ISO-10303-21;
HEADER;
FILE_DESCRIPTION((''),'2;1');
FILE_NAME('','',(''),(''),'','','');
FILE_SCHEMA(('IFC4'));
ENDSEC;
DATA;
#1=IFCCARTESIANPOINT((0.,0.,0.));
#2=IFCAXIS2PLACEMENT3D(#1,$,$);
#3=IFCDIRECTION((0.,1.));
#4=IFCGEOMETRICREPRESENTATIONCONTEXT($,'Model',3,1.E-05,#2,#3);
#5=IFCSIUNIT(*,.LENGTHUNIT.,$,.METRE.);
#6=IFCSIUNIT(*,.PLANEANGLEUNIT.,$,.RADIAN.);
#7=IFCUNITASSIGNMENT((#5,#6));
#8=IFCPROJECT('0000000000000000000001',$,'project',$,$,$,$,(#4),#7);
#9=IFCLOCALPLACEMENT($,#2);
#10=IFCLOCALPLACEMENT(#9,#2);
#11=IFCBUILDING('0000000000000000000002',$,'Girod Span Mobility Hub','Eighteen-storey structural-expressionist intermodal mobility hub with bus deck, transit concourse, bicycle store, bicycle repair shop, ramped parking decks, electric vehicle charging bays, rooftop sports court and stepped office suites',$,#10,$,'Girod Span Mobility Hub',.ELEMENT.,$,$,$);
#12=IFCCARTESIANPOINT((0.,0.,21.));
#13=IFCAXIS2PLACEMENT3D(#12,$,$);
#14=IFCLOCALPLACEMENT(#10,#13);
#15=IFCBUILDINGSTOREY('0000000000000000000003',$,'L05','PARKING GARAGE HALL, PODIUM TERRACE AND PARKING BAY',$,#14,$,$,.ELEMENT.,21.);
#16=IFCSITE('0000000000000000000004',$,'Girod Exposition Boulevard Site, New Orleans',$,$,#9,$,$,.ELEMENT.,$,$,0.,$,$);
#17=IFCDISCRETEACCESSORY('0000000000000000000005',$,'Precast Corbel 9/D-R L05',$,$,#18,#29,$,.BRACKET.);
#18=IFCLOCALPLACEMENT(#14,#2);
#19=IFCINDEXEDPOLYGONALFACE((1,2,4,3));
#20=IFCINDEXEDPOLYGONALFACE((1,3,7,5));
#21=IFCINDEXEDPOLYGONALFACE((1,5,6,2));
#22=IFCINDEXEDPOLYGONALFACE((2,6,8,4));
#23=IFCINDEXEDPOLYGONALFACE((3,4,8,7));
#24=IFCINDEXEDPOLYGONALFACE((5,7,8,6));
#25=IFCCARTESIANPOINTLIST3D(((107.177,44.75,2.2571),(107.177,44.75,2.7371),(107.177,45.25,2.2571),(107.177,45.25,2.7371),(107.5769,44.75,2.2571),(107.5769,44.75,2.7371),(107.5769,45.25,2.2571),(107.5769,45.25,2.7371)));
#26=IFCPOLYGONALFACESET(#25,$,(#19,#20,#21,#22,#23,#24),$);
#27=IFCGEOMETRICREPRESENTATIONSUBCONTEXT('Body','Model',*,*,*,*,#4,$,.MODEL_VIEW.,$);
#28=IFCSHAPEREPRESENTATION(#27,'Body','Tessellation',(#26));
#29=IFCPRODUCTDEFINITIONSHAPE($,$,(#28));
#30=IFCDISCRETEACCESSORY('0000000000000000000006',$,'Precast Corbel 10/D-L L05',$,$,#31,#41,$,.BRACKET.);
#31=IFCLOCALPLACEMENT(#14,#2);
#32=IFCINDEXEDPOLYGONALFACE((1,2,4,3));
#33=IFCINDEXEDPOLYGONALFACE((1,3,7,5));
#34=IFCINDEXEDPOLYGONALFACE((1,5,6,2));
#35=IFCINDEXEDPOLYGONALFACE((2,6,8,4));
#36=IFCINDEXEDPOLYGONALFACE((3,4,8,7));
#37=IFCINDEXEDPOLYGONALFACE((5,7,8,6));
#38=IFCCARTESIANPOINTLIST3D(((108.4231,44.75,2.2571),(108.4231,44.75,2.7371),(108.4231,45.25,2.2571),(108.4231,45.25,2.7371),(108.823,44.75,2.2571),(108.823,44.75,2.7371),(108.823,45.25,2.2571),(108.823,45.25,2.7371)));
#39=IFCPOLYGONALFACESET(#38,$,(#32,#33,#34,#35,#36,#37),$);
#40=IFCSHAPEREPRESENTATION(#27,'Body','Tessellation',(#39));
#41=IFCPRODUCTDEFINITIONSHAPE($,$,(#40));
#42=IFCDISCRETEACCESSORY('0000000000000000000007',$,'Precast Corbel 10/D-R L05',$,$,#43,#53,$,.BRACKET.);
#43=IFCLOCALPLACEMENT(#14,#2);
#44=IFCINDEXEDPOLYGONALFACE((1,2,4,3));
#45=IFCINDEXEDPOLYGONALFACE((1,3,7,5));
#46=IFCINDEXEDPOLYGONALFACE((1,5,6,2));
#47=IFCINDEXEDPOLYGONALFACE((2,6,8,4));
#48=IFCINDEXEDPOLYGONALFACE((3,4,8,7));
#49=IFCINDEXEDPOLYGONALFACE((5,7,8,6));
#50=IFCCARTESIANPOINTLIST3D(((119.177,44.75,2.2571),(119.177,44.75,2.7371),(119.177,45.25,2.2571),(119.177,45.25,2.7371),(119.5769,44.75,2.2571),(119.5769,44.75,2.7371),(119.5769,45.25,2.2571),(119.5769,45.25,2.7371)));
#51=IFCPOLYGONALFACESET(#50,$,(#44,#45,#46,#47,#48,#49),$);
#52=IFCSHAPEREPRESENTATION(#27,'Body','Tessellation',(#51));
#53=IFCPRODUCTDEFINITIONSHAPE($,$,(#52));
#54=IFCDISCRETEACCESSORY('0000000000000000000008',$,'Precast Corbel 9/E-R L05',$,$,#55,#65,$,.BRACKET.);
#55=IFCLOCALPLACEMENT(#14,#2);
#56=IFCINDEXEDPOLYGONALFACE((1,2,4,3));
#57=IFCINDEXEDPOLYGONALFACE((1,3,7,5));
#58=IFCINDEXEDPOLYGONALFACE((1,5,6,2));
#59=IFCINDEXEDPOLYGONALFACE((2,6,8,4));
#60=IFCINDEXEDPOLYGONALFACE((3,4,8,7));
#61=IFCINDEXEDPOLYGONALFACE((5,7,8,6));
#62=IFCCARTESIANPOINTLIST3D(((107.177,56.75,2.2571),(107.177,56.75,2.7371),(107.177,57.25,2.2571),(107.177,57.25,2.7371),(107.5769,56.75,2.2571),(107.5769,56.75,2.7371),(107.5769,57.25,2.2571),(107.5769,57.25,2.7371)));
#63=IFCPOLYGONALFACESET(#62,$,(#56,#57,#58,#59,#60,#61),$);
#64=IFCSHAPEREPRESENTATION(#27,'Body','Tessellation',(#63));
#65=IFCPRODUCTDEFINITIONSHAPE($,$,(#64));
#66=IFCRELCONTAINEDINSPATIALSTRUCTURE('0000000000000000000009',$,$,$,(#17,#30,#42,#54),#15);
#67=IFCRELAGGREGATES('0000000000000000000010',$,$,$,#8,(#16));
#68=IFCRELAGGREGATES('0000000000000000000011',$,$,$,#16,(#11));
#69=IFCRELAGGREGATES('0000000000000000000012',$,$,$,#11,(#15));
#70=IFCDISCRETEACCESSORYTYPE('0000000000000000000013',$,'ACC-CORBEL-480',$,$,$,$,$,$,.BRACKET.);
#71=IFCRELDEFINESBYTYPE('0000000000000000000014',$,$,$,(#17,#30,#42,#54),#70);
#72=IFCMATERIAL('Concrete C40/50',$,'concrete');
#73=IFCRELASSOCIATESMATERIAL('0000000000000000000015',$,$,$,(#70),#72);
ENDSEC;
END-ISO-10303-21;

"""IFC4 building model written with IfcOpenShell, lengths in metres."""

from ifc_helpers import new_model, si_unit, direction, frame, origin, origin_2d, place, context, subcontext, project, spatial, rectangle, extrude, material, type_object, element, save


model = new_model("IFC4")

# Units and contexts
model_context = context("Model", 3, precision=1e-05, world=origin(), true_north=direction((0.0, 1.0)))
body_context = subcontext(model_context, "Body", "Model", "MODEL_VIEW")
ifc_project = project(units=[si_unit("LENGTHUNIT", "METRE"), si_unit("PLANEANGLEUNIT", "RADIAN")], contexts=[model_context])

# Site, building, storey
site_placement = place(None, origin())
site = spatial("IfcSite", under=ifc_project, at=site_placement, Name="Girod Exposition Boulevard Site, New Orleans", CompositionType="ELEMENT", RefElevation=0.0)
building_placement = place(site_placement, origin())
building = spatial("IfcBuilding", under=site, at=building_placement, Name="Girod Span Mobility Hub", Description="Eighteen-storey structural-expressionist intermodal mobility hub with bus deck, transit concourse, bicycle store, bicycle repair shop, ramped parking decks, electric vehicle charging bays, rooftop sports court and stepped office suites", LongName="Girod Span Mobility Hub", CompositionType="ELEMENT")
storey_placement = place(building_placement, frame((0.0, 0.0, 21.0)))
storey = spatial("IfcBuildingStorey", under=building, at=storey_placement, Name="L05", Description="PARKING GARAGE HALL, PODIUM TERRACE AND PARKING BAY", CompositionType="ELEMENT", Elevation=21.0)

# Discrete accessories
ifc_material_1 = material(Name="Concrete C40/50", Category="concrete")
discrete_accessory_type = type_object("IfcDiscreteAccessoryType", Name="ACC-CORBEL-480", PredefinedType="BRACKET", material=ifc_material_1)
for number, where, z_axis, x_axis, name in (
    (1, (107.377, 45.0, 2.2571), (0.0, 0.0, 1.0), (1.0, 0.0, 0.0), "Precast Corbel 9/D-R L05"),
    (2, (108.623, 45.0, 2.2571), (0.0, 0.0, 1.0), (1.0, 0.0, 0.0), "Precast Corbel 10/D-L L05"),
    (3, (119.377, 45.0, 2.2571), (0.0, 0.0, 1.0), (1.0, 0.0, 0.0), "Precast Corbel 10/D-R L05"),
    (4, (107.377, 57.0, 2.2571), (0.0, 0.0, 1.0), (1.0, 0.0, 0.0), "Precast Corbel 9/E-R L05"),
):
    element("IfcDiscreteAccessory", number, at=place(storey_placement, frame(where, z_axis=z_axis, x_axis=x_axis)), inside=storey, type_object=discrete_accessory_type, Name=name, PredefinedType="BRACKET", context=body_context, shape_type="SweptSolid", body=[
        extrude(rectangle(XDim=0.3999, YDim=0.5, at=origin_2d()), origin(), (0.0, 0.0, 1.0), 0.48),
    ])

save(model, "model.ifc")
